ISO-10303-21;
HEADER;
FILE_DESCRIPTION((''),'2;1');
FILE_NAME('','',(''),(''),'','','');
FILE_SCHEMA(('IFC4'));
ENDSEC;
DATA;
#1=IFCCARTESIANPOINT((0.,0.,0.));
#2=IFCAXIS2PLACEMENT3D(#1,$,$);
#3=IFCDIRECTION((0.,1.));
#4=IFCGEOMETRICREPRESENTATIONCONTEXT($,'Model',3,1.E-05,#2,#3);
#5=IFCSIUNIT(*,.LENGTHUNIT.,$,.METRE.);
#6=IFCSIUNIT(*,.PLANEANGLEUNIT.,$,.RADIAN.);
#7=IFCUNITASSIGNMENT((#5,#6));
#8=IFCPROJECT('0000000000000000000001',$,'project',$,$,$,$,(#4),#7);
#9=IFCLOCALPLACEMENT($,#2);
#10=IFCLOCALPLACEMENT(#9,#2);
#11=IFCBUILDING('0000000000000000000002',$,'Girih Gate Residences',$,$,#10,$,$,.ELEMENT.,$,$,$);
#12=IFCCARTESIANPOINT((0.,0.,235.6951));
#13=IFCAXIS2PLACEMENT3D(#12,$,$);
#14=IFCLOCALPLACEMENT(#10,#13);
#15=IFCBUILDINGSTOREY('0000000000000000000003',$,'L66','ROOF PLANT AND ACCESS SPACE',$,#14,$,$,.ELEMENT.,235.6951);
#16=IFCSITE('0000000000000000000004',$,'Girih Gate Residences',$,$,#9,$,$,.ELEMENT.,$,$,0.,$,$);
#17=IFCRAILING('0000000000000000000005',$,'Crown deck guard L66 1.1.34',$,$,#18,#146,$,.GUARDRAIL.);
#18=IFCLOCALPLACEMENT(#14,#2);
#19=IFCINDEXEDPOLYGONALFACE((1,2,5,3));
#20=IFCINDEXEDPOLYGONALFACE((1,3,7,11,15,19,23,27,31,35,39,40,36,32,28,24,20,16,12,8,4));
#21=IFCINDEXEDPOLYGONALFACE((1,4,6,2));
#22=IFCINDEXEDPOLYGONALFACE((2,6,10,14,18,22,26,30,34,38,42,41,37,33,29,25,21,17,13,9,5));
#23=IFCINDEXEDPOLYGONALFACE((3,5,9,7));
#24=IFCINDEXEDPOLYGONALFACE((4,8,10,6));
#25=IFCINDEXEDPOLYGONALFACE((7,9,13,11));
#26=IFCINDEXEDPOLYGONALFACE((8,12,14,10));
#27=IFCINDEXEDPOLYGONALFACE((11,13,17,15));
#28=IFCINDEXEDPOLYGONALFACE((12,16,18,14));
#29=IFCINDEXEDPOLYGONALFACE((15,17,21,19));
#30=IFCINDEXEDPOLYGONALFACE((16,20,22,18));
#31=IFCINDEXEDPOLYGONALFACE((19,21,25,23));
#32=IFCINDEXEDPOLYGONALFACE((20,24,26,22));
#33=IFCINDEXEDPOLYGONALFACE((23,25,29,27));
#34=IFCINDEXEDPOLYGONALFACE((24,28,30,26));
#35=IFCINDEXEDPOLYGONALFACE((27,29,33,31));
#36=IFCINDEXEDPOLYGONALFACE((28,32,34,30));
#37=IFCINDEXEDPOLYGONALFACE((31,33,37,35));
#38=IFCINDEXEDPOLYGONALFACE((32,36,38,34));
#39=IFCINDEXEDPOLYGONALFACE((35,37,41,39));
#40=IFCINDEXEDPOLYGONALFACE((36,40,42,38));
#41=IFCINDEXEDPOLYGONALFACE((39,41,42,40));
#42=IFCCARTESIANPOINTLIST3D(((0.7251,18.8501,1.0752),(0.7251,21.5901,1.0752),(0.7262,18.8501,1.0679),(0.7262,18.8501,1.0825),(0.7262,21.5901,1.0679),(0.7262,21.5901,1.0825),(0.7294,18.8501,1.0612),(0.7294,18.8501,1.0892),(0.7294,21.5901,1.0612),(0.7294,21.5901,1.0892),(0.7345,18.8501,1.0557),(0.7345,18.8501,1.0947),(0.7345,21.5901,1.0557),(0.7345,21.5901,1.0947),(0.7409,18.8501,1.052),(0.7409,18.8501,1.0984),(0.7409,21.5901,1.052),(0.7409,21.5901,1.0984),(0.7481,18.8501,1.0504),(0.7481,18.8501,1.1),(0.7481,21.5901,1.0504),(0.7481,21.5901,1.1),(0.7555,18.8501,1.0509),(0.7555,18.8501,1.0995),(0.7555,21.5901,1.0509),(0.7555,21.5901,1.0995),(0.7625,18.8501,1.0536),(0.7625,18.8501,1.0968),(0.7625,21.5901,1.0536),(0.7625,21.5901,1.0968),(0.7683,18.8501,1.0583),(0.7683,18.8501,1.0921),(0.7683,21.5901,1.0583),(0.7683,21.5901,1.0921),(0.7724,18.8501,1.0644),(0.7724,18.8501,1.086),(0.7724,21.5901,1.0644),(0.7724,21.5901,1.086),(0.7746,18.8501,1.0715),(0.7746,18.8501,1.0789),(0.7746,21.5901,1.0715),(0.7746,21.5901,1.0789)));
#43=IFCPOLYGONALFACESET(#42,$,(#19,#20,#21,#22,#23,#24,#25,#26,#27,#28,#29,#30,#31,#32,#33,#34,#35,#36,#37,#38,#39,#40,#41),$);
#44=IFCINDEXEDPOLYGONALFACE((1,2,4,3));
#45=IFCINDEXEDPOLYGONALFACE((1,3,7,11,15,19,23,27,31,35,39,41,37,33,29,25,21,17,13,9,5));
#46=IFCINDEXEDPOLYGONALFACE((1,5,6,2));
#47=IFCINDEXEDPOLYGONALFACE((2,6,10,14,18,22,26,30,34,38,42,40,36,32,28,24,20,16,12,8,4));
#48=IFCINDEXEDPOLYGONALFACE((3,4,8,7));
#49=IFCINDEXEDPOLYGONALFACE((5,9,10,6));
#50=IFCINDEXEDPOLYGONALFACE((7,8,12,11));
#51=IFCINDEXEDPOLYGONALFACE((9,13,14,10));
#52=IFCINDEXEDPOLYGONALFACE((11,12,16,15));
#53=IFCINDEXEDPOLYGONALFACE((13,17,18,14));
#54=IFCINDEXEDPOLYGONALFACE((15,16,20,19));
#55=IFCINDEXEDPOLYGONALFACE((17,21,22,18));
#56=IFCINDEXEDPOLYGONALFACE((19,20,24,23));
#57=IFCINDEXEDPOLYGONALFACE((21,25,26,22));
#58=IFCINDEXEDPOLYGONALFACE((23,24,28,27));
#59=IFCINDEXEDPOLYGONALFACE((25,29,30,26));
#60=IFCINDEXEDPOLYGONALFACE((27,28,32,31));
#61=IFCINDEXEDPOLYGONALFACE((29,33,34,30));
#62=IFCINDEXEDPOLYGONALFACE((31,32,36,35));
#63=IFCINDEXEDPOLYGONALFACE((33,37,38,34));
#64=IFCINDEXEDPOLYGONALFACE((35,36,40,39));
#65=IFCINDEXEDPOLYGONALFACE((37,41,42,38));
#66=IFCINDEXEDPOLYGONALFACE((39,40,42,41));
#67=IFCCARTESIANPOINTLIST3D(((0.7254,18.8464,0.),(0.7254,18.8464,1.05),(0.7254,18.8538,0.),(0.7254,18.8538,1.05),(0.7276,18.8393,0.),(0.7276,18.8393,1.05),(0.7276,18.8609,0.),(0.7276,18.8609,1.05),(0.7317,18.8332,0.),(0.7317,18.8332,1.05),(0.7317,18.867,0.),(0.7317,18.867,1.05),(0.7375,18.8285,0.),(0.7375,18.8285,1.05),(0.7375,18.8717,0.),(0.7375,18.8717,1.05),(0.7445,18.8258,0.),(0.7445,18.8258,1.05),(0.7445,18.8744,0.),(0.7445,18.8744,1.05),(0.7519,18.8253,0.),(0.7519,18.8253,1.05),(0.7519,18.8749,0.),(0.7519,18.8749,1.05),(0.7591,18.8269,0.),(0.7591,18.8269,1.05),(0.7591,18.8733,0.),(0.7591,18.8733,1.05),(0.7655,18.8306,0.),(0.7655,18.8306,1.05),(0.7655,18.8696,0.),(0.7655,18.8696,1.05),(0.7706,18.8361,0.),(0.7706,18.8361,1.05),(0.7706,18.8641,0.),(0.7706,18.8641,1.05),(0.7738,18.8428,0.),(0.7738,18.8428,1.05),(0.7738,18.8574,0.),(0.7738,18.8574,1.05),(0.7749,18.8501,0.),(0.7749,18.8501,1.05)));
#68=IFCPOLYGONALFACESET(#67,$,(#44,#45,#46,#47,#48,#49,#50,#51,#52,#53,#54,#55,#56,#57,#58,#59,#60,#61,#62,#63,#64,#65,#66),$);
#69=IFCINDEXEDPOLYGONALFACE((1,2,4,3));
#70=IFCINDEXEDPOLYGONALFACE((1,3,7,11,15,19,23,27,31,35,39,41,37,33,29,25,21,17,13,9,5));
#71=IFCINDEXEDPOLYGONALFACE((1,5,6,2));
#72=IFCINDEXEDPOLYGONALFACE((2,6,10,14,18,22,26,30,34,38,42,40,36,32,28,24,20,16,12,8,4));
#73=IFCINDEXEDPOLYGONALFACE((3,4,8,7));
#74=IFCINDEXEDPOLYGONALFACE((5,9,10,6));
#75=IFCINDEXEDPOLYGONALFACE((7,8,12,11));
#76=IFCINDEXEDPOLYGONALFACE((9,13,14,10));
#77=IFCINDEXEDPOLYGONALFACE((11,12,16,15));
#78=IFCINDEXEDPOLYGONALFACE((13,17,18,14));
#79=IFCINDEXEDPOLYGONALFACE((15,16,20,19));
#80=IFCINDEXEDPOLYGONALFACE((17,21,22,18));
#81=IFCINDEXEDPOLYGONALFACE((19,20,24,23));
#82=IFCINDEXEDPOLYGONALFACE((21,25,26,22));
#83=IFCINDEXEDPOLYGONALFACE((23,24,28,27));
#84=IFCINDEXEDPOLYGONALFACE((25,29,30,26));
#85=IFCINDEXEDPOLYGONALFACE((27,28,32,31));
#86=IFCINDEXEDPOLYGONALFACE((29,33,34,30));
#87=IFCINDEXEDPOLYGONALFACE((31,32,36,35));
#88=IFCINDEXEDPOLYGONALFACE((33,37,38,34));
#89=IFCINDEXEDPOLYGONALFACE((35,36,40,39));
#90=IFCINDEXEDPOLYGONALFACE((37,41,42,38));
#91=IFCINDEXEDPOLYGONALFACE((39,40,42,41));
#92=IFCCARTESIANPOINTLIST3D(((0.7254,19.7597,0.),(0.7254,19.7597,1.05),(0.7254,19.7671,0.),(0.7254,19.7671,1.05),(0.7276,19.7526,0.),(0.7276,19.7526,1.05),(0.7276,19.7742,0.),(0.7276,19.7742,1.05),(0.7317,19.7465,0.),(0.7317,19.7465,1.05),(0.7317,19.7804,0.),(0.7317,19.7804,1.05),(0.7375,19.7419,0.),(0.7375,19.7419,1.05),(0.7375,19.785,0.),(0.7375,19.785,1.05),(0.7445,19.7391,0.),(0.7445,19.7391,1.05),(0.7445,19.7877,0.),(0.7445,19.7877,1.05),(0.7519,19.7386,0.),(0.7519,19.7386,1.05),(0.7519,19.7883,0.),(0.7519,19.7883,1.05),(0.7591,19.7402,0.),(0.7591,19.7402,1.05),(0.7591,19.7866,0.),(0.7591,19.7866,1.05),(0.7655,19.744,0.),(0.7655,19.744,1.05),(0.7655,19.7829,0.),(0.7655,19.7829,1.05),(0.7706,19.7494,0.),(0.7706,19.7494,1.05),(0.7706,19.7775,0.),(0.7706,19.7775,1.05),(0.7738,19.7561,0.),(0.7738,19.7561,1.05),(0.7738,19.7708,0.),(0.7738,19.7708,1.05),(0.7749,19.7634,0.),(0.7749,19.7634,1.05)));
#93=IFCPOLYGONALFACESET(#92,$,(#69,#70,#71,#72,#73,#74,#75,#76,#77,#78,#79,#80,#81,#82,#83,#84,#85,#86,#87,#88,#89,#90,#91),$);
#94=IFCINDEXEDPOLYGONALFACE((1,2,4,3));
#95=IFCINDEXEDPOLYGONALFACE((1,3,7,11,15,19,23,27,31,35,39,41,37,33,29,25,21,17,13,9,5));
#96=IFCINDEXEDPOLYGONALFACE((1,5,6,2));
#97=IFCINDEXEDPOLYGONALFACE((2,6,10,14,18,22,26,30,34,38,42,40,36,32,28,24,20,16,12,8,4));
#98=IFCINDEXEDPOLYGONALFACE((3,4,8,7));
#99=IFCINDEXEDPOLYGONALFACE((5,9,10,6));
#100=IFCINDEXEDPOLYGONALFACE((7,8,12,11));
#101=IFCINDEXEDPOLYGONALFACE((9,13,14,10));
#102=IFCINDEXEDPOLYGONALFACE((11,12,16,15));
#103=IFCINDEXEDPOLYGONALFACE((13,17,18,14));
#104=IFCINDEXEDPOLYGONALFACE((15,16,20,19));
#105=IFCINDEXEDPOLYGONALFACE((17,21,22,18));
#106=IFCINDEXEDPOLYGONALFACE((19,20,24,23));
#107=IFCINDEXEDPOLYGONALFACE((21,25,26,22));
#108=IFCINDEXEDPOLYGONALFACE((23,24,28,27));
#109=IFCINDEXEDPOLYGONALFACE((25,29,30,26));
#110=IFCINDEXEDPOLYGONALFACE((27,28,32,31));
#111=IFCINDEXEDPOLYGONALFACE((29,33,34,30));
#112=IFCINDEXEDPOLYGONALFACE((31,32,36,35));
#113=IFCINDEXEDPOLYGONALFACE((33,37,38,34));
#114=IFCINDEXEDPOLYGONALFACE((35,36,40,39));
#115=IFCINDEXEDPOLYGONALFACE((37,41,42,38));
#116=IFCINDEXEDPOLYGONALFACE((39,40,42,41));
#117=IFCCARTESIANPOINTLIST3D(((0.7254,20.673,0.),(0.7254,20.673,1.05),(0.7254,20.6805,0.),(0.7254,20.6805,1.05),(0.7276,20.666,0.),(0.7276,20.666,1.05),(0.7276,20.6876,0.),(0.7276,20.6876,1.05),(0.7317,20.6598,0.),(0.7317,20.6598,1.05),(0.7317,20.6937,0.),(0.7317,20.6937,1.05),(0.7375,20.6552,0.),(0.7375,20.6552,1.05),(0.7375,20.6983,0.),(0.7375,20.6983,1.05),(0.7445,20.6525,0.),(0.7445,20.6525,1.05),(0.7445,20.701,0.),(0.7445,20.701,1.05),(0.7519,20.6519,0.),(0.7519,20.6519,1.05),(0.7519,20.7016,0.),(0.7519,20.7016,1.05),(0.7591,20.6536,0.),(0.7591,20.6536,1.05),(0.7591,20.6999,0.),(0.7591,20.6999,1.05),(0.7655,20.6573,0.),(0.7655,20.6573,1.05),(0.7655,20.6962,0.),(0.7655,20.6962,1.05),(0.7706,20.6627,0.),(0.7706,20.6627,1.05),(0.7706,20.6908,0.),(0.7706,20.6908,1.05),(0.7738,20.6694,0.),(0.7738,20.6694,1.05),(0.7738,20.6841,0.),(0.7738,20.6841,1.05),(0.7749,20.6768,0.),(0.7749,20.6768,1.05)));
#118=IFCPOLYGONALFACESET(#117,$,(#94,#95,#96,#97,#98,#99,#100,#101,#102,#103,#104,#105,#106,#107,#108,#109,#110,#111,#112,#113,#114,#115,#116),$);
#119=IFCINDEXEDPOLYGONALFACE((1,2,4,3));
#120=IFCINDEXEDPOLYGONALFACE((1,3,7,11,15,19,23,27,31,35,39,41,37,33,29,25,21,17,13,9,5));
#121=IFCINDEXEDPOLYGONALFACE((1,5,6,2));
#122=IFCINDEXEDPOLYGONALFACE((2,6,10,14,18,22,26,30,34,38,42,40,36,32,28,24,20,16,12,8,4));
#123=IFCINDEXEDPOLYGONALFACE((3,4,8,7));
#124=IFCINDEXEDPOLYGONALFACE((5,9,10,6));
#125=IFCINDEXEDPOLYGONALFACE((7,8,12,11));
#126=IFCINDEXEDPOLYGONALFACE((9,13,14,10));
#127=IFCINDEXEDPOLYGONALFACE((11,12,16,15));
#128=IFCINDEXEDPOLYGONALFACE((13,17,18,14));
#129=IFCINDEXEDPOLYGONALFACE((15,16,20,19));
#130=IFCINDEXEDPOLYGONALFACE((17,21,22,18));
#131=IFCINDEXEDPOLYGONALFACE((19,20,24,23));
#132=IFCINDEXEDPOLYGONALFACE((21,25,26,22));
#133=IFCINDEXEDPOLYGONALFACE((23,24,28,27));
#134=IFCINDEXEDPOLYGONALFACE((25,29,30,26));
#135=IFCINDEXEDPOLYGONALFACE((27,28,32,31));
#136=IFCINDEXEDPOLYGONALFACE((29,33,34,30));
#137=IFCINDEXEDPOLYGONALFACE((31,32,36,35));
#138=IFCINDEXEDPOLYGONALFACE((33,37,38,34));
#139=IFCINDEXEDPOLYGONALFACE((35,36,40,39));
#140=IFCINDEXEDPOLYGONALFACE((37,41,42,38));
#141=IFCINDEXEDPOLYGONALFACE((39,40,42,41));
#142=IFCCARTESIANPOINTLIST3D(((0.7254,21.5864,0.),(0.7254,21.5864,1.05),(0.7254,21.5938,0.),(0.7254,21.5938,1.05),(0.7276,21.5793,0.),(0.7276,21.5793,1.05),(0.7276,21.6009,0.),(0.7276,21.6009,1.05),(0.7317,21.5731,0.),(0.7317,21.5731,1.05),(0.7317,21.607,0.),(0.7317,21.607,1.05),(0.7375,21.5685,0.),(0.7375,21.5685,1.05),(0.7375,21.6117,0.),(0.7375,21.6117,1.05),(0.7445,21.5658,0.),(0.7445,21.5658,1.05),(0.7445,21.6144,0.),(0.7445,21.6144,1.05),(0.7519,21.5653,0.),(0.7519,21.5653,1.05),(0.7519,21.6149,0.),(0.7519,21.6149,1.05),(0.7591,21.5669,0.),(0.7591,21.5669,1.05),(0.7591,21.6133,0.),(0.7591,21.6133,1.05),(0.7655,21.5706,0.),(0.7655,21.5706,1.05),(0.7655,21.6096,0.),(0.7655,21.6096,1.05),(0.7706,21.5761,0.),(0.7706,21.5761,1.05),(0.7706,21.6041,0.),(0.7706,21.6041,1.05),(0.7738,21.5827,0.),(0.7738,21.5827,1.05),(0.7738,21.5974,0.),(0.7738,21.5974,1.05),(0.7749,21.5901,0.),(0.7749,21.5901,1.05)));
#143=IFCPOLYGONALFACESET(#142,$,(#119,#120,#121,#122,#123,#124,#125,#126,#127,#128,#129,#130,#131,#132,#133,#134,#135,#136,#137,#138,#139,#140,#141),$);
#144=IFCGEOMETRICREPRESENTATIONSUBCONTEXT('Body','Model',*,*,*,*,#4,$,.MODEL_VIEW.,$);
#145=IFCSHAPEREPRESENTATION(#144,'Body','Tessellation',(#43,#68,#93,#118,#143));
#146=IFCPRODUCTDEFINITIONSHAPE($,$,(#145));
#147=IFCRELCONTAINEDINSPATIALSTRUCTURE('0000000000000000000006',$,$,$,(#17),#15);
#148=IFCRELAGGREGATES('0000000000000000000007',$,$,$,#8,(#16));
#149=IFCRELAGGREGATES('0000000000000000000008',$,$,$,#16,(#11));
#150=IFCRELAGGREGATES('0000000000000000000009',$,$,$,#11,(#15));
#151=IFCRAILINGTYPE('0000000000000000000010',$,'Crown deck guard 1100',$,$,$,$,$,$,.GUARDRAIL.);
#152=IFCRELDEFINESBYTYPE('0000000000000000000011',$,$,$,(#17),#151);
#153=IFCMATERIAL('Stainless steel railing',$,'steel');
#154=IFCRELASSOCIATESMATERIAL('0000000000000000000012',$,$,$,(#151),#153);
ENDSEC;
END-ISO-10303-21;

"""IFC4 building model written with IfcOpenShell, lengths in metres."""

from ifc_helpers import new_model, si_unit, direction, frame, origin, origin_2d, place, context, subcontext, project, spatial, circle, extrude, material, type_object, element, save


model = new_model("IFC4")

# Units and contexts
model_context = context("Model", 3, precision=1e-05, world=origin(), true_north=direction((0.0, 1.0)))
body_context = subcontext(model_context, "Body", "Model", "MODEL_VIEW")
ifc_project = project(units=[si_unit("LENGTHUNIT", "METRE"), si_unit("PLANEANGLEUNIT", "RADIAN")], contexts=[model_context])

# Site, building, storey
site_placement = place(None, origin())
site = spatial("IfcSite", under=ifc_project, at=site_placement, Name="Girih Gate Residences", CompositionType="ELEMENT", RefElevation=0.0)
building_placement = place(site_placement, origin())
building = spatial("IfcBuilding", under=site, at=building_placement, Name="Girih Gate Residences", CompositionType="ELEMENT")
storey_placement = place(building_placement, frame((0.0, 0.0, 235.6951)))
storey = spatial("IfcBuildingStorey", under=building, at=storey_placement, Name="L66", Description="ROOF PLANT AND ACCESS SPACE", CompositionType="ELEMENT", Elevation=235.6951)

# Railing
ifc_material_1 = material(Name="Stainless steel railing", Category="steel")
railing_type = type_object("IfcRailingType", Name="Crown deck guard 1100", PredefinedType="GUARDRAIL", material=ifc_material_1)
for number, where, name in (
    (1, (0.75, 18.8501, 0.0), "Crown deck guard L66 1.1.34"),
):
    element("IfcRailing", number, at=place(storey_placement, frame(where)), inside=storey, type_object=railing_type, Name=name, PredefinedType="GUARDRAIL", context=body_context, shape_type="SweptSolid", body=[
        extrude(circle(Radius=0.0249, at=origin_2d()), frame((0.0, 0.0, 1.0752), z_axis=(0.0, 1.0, 0.0), x_axis=(-1.0, 0.0, 0.0)), (0.0, 0.0, 1.0), 2.74),
        extrude(circle(Radius=0.0249, at=origin_2d()), origin(), (0.0, 0.0, 1.0), 1.05),
        extrude(circle(Radius=0.0249, at=origin_2d()), frame((0.0, 0.9133, 0.0)), (0.0, 0.0, 1.0), 1.05),
        extrude(circle(Radius=0.0249, at=origin_2d()), frame((0.0, 1.8267, 0.0)), (0.0, 0.0, 1.0), 1.05),
        extrude(circle(Radius=0.0249, at=origin_2d()), frame((0.0, 2.74, 0.0)), (0.0, 0.0, 1.0), 1.05),
    ])

save(model, "model.ifc")
